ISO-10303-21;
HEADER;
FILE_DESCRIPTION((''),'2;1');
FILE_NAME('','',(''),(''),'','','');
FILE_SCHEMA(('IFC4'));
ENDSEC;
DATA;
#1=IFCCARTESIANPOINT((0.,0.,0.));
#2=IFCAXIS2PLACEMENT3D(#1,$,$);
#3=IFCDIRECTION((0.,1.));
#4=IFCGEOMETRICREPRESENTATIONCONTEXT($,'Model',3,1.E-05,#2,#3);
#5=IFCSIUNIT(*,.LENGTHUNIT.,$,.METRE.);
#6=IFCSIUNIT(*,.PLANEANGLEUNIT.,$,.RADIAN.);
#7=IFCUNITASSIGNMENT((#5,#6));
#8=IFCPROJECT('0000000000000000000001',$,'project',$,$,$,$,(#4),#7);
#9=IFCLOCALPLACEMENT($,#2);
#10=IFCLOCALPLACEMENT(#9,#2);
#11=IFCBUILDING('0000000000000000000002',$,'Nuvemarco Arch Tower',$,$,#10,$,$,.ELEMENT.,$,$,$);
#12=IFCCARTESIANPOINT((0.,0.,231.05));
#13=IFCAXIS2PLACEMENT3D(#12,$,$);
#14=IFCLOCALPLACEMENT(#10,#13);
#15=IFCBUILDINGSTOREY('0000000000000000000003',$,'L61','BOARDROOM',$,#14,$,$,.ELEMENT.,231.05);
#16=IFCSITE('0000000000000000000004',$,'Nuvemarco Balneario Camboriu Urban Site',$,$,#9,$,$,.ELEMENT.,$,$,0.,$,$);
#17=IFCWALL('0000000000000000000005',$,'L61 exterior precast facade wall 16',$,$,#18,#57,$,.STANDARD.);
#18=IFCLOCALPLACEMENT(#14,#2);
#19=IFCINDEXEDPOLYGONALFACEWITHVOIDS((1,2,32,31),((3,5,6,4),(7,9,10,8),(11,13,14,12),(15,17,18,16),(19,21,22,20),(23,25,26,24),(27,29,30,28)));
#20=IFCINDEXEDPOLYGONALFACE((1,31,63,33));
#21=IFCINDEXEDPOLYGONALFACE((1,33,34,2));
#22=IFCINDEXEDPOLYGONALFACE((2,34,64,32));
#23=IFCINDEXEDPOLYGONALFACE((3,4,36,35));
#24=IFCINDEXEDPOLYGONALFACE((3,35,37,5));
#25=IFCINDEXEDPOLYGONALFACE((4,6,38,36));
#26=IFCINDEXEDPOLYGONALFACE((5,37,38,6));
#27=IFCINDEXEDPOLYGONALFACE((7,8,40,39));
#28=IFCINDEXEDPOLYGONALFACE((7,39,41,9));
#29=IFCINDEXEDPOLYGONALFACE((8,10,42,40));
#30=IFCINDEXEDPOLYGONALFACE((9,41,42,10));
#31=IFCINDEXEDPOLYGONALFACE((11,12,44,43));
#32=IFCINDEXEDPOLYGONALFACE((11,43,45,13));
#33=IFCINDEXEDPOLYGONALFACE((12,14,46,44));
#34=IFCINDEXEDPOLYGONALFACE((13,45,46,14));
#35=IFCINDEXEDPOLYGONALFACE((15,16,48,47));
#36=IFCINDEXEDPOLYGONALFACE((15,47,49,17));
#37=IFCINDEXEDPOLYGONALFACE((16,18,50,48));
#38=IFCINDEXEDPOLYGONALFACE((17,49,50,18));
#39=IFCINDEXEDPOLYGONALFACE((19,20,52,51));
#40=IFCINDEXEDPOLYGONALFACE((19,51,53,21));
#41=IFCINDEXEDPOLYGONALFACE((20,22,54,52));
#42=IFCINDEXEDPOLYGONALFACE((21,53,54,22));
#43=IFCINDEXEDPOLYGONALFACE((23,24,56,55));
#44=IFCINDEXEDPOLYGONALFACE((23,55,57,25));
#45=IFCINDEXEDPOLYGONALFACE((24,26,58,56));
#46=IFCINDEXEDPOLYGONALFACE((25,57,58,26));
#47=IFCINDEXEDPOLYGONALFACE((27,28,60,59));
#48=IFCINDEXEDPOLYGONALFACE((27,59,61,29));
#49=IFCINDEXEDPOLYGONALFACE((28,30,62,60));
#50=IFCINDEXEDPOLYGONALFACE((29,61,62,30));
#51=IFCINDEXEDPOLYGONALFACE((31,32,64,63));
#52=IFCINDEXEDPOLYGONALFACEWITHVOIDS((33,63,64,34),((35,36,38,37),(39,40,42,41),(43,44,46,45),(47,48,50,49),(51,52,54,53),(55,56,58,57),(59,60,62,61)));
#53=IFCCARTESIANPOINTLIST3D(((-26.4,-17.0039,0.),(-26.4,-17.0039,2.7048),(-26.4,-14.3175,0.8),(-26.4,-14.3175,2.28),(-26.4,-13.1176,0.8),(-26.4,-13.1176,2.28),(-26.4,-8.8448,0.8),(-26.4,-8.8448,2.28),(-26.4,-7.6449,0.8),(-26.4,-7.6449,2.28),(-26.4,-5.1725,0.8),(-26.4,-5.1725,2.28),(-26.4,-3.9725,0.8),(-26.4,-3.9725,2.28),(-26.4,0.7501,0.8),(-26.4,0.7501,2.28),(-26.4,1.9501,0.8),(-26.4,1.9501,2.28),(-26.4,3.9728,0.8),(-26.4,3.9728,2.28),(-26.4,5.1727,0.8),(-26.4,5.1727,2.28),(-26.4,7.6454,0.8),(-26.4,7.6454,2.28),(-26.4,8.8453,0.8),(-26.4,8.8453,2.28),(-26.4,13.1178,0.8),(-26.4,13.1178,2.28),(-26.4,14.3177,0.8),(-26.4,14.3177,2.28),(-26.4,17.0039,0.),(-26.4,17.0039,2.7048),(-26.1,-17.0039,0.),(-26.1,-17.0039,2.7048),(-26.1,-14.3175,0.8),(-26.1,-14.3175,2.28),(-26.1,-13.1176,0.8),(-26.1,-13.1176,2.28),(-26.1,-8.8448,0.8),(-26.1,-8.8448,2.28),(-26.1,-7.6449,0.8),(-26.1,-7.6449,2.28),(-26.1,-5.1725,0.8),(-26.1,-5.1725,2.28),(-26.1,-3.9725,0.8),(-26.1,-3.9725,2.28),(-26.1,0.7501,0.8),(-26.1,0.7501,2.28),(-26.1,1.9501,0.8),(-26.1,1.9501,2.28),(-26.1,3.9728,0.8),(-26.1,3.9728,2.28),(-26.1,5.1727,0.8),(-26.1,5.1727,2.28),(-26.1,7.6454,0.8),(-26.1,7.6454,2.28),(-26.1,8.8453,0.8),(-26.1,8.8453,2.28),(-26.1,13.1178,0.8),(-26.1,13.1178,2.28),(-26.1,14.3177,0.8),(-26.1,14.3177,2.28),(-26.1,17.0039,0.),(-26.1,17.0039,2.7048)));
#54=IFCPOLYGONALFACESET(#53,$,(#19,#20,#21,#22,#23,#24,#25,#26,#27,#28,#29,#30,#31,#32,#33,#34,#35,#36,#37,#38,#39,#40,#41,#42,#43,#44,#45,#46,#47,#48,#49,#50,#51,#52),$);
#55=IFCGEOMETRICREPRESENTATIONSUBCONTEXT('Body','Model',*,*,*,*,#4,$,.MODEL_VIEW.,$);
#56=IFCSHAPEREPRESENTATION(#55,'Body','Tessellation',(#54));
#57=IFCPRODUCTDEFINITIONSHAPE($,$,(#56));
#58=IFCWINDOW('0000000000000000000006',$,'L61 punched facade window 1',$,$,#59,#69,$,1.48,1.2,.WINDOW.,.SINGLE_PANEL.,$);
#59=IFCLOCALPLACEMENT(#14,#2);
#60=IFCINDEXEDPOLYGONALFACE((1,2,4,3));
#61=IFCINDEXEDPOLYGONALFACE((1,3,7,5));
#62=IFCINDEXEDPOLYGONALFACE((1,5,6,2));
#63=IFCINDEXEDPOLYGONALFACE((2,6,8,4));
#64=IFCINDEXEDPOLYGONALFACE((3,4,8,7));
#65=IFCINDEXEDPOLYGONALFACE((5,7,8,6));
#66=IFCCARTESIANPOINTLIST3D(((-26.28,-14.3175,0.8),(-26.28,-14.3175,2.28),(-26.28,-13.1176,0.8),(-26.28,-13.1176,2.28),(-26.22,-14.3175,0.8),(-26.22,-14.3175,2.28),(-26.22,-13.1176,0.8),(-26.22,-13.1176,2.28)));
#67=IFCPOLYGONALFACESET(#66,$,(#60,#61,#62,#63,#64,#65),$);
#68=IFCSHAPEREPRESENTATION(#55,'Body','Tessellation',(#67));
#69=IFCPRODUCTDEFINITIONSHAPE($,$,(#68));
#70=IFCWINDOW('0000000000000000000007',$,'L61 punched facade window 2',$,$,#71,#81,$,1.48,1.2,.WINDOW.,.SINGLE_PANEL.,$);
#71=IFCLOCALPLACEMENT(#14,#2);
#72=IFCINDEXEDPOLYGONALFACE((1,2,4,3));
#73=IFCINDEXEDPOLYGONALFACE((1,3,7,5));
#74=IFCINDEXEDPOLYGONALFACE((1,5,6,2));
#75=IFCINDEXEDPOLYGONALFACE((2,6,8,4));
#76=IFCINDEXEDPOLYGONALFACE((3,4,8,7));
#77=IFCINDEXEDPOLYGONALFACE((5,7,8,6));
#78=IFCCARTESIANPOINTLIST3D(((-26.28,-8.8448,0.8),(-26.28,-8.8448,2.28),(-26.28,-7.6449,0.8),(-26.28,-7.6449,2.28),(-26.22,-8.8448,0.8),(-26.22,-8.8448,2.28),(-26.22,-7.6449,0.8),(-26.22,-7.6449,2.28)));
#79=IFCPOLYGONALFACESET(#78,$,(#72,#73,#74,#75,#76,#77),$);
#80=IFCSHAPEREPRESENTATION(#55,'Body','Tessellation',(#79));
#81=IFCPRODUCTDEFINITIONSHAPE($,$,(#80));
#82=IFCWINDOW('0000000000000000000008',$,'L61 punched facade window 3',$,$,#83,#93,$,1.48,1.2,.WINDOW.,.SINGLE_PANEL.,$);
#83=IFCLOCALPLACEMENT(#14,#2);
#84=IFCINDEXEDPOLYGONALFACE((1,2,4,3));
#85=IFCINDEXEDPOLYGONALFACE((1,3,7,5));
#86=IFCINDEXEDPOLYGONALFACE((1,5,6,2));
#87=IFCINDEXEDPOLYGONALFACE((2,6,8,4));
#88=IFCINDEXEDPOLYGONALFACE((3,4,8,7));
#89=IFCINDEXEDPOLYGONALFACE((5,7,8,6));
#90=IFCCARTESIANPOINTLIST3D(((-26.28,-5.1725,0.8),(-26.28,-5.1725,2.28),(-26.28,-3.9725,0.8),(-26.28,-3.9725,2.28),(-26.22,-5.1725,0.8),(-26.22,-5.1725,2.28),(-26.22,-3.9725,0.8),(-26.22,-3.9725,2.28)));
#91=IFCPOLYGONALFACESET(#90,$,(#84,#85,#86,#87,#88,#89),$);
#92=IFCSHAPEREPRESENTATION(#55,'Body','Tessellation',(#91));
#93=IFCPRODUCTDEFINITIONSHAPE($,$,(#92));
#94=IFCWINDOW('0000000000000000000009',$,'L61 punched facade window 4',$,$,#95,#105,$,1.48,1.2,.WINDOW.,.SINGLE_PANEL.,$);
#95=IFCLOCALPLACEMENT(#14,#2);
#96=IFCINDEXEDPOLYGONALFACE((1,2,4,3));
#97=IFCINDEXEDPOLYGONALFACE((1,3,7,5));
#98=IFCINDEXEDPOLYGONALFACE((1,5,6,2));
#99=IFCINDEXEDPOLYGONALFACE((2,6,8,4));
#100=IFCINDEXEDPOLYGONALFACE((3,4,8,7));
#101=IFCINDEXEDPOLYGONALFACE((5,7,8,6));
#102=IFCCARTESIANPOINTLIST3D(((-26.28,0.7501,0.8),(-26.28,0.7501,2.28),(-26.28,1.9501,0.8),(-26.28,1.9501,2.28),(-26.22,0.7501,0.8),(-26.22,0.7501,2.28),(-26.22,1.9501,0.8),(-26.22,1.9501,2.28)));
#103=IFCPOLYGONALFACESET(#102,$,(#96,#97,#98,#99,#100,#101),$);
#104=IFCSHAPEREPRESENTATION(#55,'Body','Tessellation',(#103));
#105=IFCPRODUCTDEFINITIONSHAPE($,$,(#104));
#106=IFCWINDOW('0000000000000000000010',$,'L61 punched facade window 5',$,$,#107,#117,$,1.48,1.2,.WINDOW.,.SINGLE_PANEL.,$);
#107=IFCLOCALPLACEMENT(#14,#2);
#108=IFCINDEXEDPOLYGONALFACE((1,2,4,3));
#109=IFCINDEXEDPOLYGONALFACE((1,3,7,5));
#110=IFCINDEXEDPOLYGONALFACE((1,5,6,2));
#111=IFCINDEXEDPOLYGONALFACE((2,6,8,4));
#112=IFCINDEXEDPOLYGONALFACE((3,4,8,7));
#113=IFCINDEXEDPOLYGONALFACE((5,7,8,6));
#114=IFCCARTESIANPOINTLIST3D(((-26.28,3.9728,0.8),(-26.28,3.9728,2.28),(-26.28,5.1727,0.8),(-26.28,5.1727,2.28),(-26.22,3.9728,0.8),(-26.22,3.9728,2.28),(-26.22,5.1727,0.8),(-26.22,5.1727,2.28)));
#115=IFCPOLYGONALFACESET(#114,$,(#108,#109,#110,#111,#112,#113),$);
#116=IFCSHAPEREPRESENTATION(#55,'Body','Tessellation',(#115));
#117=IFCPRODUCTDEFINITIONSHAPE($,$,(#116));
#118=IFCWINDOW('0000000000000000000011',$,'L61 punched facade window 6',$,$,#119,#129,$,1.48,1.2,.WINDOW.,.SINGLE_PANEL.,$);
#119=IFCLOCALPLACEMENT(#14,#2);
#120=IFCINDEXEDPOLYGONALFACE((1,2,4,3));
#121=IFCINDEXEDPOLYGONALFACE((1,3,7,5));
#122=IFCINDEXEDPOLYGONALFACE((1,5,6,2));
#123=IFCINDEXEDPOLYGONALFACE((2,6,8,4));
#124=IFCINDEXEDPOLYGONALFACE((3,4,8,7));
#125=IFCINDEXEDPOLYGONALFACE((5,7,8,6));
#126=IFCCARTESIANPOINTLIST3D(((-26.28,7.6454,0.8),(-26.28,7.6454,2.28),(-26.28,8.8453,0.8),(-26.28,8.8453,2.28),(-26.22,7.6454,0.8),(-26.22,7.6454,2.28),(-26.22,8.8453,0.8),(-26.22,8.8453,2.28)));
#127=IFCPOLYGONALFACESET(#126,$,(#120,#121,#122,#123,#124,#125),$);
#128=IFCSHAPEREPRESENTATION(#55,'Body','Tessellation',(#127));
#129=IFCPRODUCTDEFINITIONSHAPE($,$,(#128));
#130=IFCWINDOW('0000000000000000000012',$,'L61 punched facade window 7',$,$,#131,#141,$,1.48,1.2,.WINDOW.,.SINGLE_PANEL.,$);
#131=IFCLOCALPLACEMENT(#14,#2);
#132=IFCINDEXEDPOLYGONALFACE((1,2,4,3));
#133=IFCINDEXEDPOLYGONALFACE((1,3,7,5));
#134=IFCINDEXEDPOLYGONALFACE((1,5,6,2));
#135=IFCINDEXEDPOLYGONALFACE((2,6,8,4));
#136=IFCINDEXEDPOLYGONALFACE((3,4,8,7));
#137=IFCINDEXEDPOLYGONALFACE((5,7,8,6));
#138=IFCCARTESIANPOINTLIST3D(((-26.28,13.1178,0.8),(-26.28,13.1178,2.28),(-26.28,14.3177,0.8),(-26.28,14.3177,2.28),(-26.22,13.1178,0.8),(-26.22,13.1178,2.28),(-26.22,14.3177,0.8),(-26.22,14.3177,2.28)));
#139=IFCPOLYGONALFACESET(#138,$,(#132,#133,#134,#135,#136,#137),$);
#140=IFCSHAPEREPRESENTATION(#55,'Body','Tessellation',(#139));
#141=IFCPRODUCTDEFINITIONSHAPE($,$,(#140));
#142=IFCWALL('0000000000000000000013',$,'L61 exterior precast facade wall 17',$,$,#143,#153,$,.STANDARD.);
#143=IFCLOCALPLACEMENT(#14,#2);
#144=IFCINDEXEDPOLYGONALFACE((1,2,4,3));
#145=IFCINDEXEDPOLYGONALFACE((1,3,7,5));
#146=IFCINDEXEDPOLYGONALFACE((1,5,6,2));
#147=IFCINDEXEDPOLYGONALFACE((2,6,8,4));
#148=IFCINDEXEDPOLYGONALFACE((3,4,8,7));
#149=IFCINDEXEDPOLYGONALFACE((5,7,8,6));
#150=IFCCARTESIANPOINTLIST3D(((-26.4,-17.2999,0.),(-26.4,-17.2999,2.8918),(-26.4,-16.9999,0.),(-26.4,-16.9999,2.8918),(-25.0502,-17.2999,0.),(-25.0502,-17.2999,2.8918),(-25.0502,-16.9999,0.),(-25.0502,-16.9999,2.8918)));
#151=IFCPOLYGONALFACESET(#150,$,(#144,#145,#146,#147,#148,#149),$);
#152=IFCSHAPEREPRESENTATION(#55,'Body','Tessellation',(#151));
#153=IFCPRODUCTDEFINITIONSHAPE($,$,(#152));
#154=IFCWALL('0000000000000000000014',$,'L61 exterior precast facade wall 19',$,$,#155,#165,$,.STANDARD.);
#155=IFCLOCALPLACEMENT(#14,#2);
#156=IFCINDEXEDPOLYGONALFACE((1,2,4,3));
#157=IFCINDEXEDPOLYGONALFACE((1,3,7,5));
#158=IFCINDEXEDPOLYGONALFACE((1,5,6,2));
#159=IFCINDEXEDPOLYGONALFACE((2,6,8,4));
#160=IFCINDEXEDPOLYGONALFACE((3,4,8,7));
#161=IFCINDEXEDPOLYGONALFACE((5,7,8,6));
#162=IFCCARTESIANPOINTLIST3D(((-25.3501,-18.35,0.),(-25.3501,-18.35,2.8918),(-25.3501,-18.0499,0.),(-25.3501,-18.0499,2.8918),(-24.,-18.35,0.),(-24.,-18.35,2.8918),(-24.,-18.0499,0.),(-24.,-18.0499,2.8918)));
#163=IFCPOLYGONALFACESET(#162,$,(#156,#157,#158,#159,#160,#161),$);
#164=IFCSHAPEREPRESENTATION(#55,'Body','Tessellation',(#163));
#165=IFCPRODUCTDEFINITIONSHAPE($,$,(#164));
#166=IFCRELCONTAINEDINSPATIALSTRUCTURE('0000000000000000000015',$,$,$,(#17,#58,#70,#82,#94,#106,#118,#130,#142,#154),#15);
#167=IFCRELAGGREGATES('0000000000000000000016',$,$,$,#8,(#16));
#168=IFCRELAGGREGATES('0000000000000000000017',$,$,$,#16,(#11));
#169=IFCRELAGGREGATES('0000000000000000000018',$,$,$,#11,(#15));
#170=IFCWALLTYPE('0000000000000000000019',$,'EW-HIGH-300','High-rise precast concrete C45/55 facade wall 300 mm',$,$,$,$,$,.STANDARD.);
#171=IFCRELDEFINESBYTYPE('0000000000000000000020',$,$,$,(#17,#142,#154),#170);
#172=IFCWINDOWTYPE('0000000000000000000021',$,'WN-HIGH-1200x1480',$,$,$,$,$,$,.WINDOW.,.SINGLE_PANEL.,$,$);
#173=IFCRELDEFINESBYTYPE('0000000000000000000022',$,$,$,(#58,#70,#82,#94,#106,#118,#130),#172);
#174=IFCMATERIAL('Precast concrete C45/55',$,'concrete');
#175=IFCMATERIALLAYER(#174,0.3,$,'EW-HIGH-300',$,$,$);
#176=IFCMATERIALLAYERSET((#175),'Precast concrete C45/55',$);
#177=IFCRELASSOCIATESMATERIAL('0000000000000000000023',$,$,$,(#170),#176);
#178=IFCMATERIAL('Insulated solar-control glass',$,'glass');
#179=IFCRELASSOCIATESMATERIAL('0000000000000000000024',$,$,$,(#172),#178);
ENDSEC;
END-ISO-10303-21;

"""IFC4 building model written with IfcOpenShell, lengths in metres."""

from ifc_helpers import new_model, si_unit, direction, frame, frame_2d, origin, place, context, subcontext, project, spatial, rectangle, extrude, source, transform, mapped, material, layer, layer_set, type_object, type_shapes, element, fill, save


model = new_model("IFC4")

# Units and contexts
model_context = context("Model", 3, precision=1e-05, world=origin(), true_north=direction((0.0, 1.0)))
body_context = subcontext(model_context, "Body", "Model", "MODEL_VIEW")
ifc_project = project(units=[si_unit("LENGTHUNIT", "METRE"), si_unit("PLANEANGLEUNIT", "RADIAN")], contexts=[model_context])

# Site, building, storey
site_placement = place(None, origin())
site = spatial("IfcSite", under=ifc_project, at=site_placement, Name="Nuvemarco Balneario Camboriu Urban Site", CompositionType="ELEMENT", RefElevation=0.0)
building_placement = place(site_placement, origin())
building = spatial("IfcBuilding", under=site, at=building_placement, Name="Nuvemarco Arch Tower", CompositionType="ELEMENT")
storey_placement = place(building_placement, frame((0.0, 0.0, 231.05)))
storey = spatial("IfcBuildingStorey", under=building, at=storey_placement, Name="L61", Description="BOARDROOM", CompositionType="ELEMENT", Elevation=231.05)

# Shared definitions
ifc_material_1 = material(Name="Precast concrete C45/55", Category="concrete")

# Wall, openings, windows
ifc_layer = layer(ifc_material_1, 0.3, Name="EW-HIGH-300")
ifc_layer_set = layer_set([ifc_layer], Name="Precast concrete C45/55")
wall_type = type_object("IfcWallType", Name="EW-HIGH-300", Description="High-rise precast concrete C45/55 facade wall 300 mm", PredefinedType="STANDARD", material=ifc_layer_set)
wall_1_placement = place(storey_placement, frame((-26.25, -17.0039, 0.0), z_axis=(0.0, 0.0, 1.0), x_axis=(0.0, 1.0, 0.0)))
wall_1 = element("IfcWall", 1, at=wall_1_placement, inside=storey, type_object=wall_type, Name="L61 exterior precast facade wall 16", PredefinedType="STANDARD", context=body_context, shape_type="SweptSolid", body=[
    extrude(rectangle(XDim=34.0078, YDim=0.3, at=frame_2d((17.0039, 0.0))), origin(), (0.0, 0.0, 1.0), 2.7048),
])
opening_1_placement = place(wall_1_placement, frame((2.6863, 0.0, 0.8)))
opening_1 = element("IfcOpeningElement", 2, at=opening_1_placement, cuts=wall_1, PredefinedType="OPENING", context=body_context, shape_type="SweptSolid", body=[
    extrude(rectangle(XDim=1.2, YDim=1.48, at=frame_2d((0.6001, 0.74))), frame((0.0, 0.1599, 0.0), z_axis=(0.0, -1.0, 0.0), x_axis=(1.0, 0.0, 0.0)), (0.0, 0.0, 1.0), 0.3201),
])
opening_2_placement = place(wall_1_placement, frame((8.1589, 0.0, 0.8)))
opening_2 = element("IfcOpeningElement", 3, at=opening_2_placement, cuts=wall_1, PredefinedType="OPENING", context=body_context, shape_type="SweptSolid", body=[
    extrude(rectangle(XDim=1.2, YDim=1.48, at=frame_2d((0.6001, 0.74))), frame((0.0, 0.1599, 0.0), z_axis=(0.0, -1.0, 0.0), x_axis=(1.0, 0.0, 0.0)), (0.0, 0.0, 1.0), 0.3201),
])
opening_3_placement = place(wall_1_placement, frame((11.8313, 0.0, 0.8)))
opening_3 = element("IfcOpeningElement", 4, at=opening_3_placement, cuts=wall_1, PredefinedType="OPENING", context=body_context, shape_type="SweptSolid", body=[
    extrude(rectangle(XDim=1.2, YDim=1.48, at=frame_2d((0.6001, 0.74))), frame((0.0, 0.1599, 0.0), z_axis=(0.0, -1.0, 0.0), x_axis=(1.0, 0.0, 0.0)), (0.0, 0.0, 1.0), 0.3201),
])
opening_4_placement = place(wall_1_placement, frame((17.7539, 0.0, 0.8)))
opening_4 = element("IfcOpeningElement", 5, at=opening_4_placement, cuts=wall_1, PredefinedType="OPENING", context=body_context, shape_type="SweptSolid", body=[
    extrude(rectangle(XDim=1.2, YDim=1.48, at=frame_2d((0.6001, 0.74))), frame((0.0, 0.1599, 0.0), z_axis=(0.0, -1.0, 0.0), x_axis=(1.0, 0.0, 0.0)), (0.0, 0.0, 1.0), 0.3201),
])
opening_5_placement = place(wall_1_placement, frame((20.9766, 0.0, 0.8)))
opening_5 = element("IfcOpeningElement", 6, at=opening_5_placement, cuts=wall_1, PredefinedType="OPENING", context=body_context, shape_type="SweptSolid", body=[
    extrude(rectangle(XDim=1.2, YDim=1.48, at=frame_2d((0.6001, 0.74))), frame((0.0, 0.1599, 0.0), z_axis=(0.0, -1.0, 0.0), x_axis=(1.0, 0.0, 0.0)), (0.0, 0.0, 1.0), 0.3201),
])
opening_6_placement = place(wall_1_placement, frame((24.6492, 0.0, 0.8)))
opening_6 = element("IfcOpeningElement", 7, at=opening_6_placement, cuts=wall_1, PredefinedType="OPENING", context=body_context, shape_type="SweptSolid", body=[
    extrude(rectangle(XDim=1.2, YDim=1.48, at=frame_2d((0.6001, 0.74))), frame((0.0, 0.1599, 0.0), z_axis=(0.0, -1.0, 0.0), x_axis=(1.0, 0.0, 0.0)), (0.0, 0.0, 1.0), 0.3201),
])
opening_7_placement = place(wall_1_placement, frame((30.1216, 0.0, 0.8)))
opening_7 = element("IfcOpeningElement", 8, at=opening_7_placement, cuts=wall_1, PredefinedType="OPENING", context=body_context, shape_type="SweptSolid", body=[
    extrude(rectangle(XDim=1.2, YDim=1.48, at=frame_2d((0.6001, 0.74))), frame((0.0, 0.1599, 0.0), z_axis=(0.0, -1.0, 0.0), x_axis=(1.0, 0.0, 0.0)), (0.0, 0.0, 1.0), 0.3201),
])
ifc_material_2 = material(Name="Insulated solar-control glass", Category="glass")
window_type = type_object("IfcWindowType", Name="WN-HIGH-1200x1480", PartitioningType="SINGLE_PANEL", PredefinedType="WINDOW", material=ifc_material_2)
shared_shape_1 = source(origin(), body_context, "Body", "SweptSolid", [
    extrude(rectangle(XDim=1.2, YDim=1.48, at=frame_2d((0.6001, 0.74))), frame((0.0, 0.03, 0.0), z_axis=(0.0, -1.0, 0.0), x_axis=(1.0, 0.0, 0.0)), (0.0, 0.0, 1.0), 0.0601),
])
type_shapes(window_type, [shared_shape_1])
window_1_placement = place(opening_1_placement, origin())
window_1 = element("IfcWindow", 9, at=window_1_placement, inside=storey, type_object=window_type, Name="L61 punched facade window 1", OverallHeight=1.48, OverallWidth=1.2, PartitioningType="SINGLE_PANEL", PredefinedType="WINDOW", context=body_context, shape_type="MappedRepresentation", body=[
    mapped(shared_shape_1, transform((0.0, 0.0, 0.0), scale=1.0)),
])
fill(opening_1, window_1)
window_2_placement = place(opening_2_placement, origin())
window_2 = element("IfcWindow", 10, at=window_2_placement, inside=storey, type_object=window_type, Name="L61 punched facade window 2", OverallHeight=1.48, OverallWidth=1.2, PartitioningType="SINGLE_PANEL", PredefinedType="WINDOW", context=body_context, shape_type="MappedRepresentation", body=[
    mapped(shared_shape_1, transform((0.0, 0.0, 0.0), scale=1.0)),
])
fill(opening_2, window_2)
window_3_placement = place(opening_3_placement, origin())
window_3 = element("IfcWindow", 11, at=window_3_placement, inside=storey, type_object=window_type, Name="L61 punched facade window 3", OverallHeight=1.48, OverallWidth=1.2, PartitioningType="SINGLE_PANEL", PredefinedType="WINDOW", context=body_context, shape_type="MappedRepresentation", body=[
    mapped(shared_shape_1, transform((0.0, 0.0, 0.0), scale=1.0)),
])
fill(opening_3, window_3)
window_4_placement = place(opening_4_placement, origin())
window_4 = element("IfcWindow", 12, at=window_4_placement, inside=storey, type_object=window_type, Name="L61 punched facade window 4", OverallHeight=1.48, OverallWidth=1.2, PartitioningType="SINGLE_PANEL", PredefinedType="WINDOW", context=body_context, shape_type="MappedRepresentation", body=[
    mapped(shared_shape_1, transform((0.0, 0.0, 0.0), scale=1.0)),
])
fill(opening_4, window_4)
window_5_placement = place(opening_5_placement, origin())
window_5 = element("IfcWindow", 13, at=window_5_placement, inside=storey, type_object=window_type, Name="L61 punched facade window 5", OverallHeight=1.48, OverallWidth=1.2, PartitioningType="SINGLE_PANEL", PredefinedType="WINDOW", context=body_context, shape_type="MappedRepresentation", body=[
    mapped(shared_shape_1, transform((0.0, 0.0, 0.0), scale=1.0)),
])
fill(opening_5, window_5)
window_6_placement = place(opening_6_placement, origin())
window_6 = element("IfcWindow", 14, at=window_6_placement, inside=storey, type_object=window_type, Name="L61 punched facade window 6", OverallHeight=1.48, OverallWidth=1.2, PartitioningType="SINGLE_PANEL", PredefinedType="WINDOW", context=body_context, shape_type="MappedRepresentation", body=[
    mapped(shared_shape_1, transform((0.0, 0.0, 0.0), scale=1.0)),
])
fill(opening_6, window_6)
window_7_placement = place(opening_7_placement, origin())
window_7 = element("IfcWindow", 15, at=window_7_placement, inside=storey, type_object=window_type, Name="L61 punched facade window 7", OverallHeight=1.48, OverallWidth=1.2, PartitioningType="SINGLE_PANEL", PredefinedType="WINDOW", context=body_context, shape_type="MappedRepresentation", body=[
    mapped(shared_shape_1, transform((0.0, 0.0, 0.0), scale=1.0)),
])
fill(opening_7, window_7)

# Walls
wall_2_placement = place(storey_placement, frame((-26.3999, -17.1499, 0.0), z_axis=(0.0, 0.0, 1.0), x_axis=(1.0, 0.0, 0.0)))
element("IfcWall", 16, at=wall_2_placement, inside=storey, type_object=wall_type, Name="L61 exterior precast facade wall 17", PredefinedType="STANDARD", context=body_context, shape_type="SweptSolid", body=[
    extrude(rectangle(XDim=1.3499, YDim=0.3, at=frame_2d((0.6748, 0.0))), origin(), (0.0, 0.0, 1.0), 2.8918),
])
wall_3_placement = place(storey_placement, frame((-25.3501, -18.2, 0.0), z_axis=(0.0, 0.0, 1.0), x_axis=(1.0, 0.0, 0.0)))
element("IfcWall", 17, at=wall_3_placement, inside=storey, type_object=wall_type, Name="L61 exterior precast facade wall 19", PredefinedType="STANDARD", context=body_context, shape_type="SweptSolid", body=[
    extrude(rectangle(XDim=1.3501, YDim=0.3, at=frame_2d((0.675, 0.0))), origin(), (0.0, 0.0, 1.0), 2.8918),
])

save(model, "model.ifc")
